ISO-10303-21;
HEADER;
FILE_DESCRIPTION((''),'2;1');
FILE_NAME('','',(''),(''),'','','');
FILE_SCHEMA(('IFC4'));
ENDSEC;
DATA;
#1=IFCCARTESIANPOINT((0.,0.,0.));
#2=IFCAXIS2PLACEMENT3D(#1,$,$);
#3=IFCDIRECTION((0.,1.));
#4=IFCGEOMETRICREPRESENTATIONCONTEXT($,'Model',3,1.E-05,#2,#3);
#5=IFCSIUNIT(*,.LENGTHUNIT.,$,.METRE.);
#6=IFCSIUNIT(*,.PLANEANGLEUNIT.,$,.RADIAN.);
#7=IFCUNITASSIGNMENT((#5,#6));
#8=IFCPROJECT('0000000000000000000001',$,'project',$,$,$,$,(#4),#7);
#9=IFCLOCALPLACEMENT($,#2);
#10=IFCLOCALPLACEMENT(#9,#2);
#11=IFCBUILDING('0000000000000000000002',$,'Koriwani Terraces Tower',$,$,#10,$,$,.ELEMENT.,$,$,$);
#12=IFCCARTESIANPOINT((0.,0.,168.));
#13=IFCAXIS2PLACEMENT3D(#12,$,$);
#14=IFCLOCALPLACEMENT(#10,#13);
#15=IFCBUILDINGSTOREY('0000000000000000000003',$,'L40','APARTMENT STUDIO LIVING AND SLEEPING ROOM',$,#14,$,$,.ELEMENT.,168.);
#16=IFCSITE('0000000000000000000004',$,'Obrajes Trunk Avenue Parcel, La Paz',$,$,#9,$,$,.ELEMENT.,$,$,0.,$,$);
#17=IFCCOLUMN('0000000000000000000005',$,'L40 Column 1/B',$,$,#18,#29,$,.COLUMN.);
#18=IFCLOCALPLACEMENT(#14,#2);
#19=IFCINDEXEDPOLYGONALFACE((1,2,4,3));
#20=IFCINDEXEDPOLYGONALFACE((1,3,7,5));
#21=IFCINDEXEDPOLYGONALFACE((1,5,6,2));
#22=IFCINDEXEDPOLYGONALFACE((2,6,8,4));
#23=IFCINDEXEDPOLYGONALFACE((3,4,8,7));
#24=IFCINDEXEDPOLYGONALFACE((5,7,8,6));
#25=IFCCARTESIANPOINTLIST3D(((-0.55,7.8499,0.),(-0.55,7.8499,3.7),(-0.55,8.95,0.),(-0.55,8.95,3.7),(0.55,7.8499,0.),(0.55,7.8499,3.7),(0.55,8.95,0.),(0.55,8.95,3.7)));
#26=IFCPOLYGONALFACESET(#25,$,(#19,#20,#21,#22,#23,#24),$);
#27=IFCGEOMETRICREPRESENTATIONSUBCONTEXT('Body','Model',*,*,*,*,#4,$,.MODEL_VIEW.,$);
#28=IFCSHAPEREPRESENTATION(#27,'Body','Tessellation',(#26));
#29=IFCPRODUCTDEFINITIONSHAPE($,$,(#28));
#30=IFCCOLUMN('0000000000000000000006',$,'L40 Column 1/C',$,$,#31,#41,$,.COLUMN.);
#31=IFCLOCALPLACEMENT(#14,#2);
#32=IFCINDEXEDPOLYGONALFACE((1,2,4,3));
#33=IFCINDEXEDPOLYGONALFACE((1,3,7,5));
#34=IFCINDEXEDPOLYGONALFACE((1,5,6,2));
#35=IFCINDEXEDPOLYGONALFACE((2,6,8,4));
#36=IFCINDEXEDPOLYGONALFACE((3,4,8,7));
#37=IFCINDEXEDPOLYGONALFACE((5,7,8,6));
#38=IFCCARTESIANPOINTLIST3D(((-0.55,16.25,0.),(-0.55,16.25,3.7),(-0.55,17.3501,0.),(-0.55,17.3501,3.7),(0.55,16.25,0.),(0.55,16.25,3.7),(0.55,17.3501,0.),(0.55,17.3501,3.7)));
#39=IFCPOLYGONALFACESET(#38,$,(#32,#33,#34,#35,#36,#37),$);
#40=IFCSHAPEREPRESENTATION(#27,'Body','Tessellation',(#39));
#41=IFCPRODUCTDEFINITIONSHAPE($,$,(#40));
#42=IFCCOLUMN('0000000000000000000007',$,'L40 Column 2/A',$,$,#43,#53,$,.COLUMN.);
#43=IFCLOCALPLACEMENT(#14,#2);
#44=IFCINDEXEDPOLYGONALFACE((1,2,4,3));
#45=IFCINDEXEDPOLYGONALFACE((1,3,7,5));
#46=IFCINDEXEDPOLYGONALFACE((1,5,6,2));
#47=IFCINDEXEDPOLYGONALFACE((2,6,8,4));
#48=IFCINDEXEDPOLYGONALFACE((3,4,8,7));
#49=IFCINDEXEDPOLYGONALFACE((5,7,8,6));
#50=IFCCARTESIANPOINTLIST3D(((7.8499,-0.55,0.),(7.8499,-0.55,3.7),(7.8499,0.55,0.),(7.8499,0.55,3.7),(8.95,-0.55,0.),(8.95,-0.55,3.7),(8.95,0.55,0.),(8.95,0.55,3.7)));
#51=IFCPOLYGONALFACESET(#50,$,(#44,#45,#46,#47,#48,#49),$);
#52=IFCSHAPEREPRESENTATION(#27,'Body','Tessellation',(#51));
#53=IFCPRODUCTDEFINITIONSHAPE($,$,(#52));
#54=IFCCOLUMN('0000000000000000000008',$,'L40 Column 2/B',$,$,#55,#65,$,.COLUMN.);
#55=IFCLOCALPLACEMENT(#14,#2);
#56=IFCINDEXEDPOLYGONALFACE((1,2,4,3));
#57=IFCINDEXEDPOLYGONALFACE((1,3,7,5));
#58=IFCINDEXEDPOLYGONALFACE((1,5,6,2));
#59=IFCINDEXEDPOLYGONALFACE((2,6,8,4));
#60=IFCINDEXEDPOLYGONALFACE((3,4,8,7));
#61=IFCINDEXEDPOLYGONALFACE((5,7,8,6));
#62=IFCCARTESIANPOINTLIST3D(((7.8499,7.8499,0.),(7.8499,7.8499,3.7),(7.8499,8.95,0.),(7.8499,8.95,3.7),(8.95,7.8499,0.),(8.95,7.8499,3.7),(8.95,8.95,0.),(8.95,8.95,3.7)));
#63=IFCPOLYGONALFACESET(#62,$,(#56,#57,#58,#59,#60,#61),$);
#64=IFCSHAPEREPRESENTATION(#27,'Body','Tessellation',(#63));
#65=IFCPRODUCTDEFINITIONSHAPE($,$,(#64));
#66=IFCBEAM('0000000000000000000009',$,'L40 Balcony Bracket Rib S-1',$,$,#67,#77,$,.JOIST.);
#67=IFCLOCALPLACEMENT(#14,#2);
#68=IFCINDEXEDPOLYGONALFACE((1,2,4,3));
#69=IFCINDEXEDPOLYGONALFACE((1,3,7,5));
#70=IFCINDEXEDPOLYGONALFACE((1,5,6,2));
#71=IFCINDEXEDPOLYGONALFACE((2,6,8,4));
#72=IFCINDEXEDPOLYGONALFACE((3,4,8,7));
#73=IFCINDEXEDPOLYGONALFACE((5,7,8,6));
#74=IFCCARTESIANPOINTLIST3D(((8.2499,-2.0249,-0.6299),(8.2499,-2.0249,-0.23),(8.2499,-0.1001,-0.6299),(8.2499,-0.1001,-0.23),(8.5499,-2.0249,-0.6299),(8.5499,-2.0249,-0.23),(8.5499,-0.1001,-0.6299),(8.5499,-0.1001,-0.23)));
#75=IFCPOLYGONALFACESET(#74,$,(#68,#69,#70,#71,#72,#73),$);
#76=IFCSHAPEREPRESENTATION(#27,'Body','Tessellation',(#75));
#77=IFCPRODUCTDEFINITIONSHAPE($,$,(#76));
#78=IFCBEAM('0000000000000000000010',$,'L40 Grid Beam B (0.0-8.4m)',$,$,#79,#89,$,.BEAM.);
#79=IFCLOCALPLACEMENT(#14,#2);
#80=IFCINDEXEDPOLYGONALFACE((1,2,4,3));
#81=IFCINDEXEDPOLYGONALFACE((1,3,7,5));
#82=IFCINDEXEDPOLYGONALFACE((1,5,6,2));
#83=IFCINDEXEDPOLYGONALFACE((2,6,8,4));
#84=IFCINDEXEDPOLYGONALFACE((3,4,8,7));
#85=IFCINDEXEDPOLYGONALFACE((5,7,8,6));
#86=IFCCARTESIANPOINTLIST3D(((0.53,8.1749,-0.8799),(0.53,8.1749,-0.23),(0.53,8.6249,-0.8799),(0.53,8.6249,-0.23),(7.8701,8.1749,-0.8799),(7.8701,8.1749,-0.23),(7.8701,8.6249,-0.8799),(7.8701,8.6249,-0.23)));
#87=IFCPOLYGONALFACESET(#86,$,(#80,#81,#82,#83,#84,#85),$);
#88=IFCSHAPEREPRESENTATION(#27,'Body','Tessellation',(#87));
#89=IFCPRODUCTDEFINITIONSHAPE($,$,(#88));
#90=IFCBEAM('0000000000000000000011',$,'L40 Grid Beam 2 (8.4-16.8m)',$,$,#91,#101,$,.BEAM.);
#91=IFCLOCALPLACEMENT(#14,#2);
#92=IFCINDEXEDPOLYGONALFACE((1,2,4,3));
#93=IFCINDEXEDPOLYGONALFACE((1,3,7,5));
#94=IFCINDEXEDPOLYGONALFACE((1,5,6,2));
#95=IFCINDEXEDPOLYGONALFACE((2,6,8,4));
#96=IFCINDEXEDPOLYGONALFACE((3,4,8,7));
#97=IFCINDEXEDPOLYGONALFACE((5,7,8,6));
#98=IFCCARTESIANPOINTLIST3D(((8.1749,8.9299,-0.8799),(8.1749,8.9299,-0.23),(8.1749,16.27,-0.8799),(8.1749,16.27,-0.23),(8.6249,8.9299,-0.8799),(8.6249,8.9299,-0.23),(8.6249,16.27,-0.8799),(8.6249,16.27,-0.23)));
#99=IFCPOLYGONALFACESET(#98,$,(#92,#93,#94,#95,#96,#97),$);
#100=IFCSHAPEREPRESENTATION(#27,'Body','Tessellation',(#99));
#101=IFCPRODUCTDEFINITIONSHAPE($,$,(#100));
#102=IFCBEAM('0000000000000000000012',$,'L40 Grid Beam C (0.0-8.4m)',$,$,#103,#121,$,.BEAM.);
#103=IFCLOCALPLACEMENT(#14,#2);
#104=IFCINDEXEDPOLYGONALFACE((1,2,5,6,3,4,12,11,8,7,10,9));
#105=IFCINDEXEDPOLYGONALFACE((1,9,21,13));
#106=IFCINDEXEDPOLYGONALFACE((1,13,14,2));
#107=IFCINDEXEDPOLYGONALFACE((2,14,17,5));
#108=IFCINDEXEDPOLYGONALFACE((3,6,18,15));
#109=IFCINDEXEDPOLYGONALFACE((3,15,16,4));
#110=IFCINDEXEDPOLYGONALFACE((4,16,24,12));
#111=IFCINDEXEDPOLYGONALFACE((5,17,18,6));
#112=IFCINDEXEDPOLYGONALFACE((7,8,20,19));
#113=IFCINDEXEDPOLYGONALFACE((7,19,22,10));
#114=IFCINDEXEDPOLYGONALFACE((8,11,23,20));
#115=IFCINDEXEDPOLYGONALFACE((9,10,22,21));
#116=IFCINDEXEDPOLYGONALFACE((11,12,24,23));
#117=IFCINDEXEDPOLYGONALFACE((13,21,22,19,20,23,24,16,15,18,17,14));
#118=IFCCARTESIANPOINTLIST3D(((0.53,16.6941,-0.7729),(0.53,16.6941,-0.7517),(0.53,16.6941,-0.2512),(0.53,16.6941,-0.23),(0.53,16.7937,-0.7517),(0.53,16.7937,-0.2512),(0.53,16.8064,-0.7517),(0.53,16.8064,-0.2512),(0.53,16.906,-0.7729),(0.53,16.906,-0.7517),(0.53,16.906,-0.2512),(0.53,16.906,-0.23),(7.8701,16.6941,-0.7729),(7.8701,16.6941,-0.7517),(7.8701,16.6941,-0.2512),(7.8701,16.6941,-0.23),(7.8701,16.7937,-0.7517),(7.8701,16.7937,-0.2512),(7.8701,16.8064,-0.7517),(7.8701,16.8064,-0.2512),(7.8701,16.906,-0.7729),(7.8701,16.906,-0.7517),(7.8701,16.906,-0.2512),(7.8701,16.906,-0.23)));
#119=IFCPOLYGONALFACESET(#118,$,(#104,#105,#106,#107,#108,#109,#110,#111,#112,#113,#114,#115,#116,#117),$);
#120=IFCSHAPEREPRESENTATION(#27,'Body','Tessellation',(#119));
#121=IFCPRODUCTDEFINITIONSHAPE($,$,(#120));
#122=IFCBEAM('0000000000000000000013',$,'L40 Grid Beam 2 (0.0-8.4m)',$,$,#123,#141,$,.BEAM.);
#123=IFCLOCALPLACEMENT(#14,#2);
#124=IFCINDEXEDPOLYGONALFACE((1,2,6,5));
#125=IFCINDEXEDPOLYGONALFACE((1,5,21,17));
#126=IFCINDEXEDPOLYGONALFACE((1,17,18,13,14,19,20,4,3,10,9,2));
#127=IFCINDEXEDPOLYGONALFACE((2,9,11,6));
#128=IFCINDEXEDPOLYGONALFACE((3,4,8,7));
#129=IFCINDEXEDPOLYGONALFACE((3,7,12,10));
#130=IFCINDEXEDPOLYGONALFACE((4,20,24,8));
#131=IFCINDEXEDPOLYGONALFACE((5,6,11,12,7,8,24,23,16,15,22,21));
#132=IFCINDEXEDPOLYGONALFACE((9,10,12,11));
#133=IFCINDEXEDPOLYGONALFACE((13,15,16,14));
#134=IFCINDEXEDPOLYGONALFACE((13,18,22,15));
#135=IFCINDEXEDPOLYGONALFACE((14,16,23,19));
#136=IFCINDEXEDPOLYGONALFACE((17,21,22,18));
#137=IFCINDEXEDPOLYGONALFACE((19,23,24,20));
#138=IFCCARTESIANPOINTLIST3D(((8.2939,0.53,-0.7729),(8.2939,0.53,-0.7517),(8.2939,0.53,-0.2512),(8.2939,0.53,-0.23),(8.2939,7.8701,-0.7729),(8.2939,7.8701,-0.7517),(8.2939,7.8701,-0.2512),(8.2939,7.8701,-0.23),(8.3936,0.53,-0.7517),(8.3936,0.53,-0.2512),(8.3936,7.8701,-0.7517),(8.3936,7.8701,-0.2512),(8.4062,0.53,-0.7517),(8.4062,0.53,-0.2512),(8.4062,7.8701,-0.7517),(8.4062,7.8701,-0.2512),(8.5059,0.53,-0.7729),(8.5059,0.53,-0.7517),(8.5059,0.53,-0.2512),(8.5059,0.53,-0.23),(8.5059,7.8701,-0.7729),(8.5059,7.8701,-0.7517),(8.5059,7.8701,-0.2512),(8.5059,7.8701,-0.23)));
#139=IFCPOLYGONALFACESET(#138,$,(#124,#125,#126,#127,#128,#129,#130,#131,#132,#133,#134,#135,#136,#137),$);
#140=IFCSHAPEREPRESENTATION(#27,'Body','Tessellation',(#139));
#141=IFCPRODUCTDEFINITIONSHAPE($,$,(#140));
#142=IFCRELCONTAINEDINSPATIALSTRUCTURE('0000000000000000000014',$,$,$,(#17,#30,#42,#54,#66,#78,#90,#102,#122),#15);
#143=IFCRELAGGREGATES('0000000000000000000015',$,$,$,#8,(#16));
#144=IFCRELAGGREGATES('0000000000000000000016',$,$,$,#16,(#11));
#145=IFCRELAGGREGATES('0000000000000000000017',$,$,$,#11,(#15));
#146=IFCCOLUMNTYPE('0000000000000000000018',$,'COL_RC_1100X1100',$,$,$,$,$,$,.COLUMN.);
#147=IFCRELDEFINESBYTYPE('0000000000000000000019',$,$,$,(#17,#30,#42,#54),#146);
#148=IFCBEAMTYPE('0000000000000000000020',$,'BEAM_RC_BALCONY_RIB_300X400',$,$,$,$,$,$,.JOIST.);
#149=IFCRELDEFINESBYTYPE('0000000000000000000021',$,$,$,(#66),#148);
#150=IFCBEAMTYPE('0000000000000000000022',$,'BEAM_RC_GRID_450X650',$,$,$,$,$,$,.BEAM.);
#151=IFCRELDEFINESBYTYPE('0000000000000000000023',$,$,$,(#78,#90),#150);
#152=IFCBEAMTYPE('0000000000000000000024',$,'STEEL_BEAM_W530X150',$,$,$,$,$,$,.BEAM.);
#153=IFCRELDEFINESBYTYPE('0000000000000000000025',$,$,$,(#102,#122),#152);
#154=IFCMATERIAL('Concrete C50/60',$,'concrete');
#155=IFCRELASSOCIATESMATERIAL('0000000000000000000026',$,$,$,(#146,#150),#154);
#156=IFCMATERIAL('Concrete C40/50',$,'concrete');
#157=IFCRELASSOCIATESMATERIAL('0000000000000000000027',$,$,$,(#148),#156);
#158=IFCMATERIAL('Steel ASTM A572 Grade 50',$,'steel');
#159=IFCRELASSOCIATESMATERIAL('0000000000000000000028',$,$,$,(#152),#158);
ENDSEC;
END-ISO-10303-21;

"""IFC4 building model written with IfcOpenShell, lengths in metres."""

from ifc_helpers import new_model, si_unit, direction, frame, origin, origin_2d, place, context, subcontext, project, spatial, rectangle, i_section, extrude, material, material_profile, profile_set, type_object, element, save


model = new_model("IFC4")

# Units and contexts
model_context = context("Model", 3, precision=1e-05, world=origin(), true_north=direction((0.0, 1.0)))
body_context = subcontext(model_context, "Body", "Model", "MODEL_VIEW")
ifc_project = project(units=[si_unit("LENGTHUNIT", "METRE"), si_unit("PLANEANGLEUNIT", "RADIAN")], contexts=[model_context])

# Site, building, storey
site_placement = place(None, origin())
site = spatial("IfcSite", under=ifc_project, at=site_placement, Name="Obrajes Trunk Avenue Parcel, La Paz", CompositionType="ELEMENT", RefElevation=0.0)
building_placement = place(site_placement, origin())
building = spatial("IfcBuilding", under=site, at=building_placement, Name="Koriwani Terraces Tower", CompositionType="ELEMENT")
storey_placement = place(building_placement, frame((0.0, 0.0, 168.0)))
storey = spatial("IfcBuildingStorey", under=building, at=storey_placement, Name="L40", Description="APARTMENT STUDIO LIVING AND SLEEPING ROOM", CompositionType="ELEMENT", Elevation=168.0)

# Columns
ifc_material_1 = material(Name="Concrete C50/60", Category="concrete")
ifc_material_profile_1 = material_profile(ifc_material_1, rectangle(XDim=1.1001, YDim=1.1001, at=origin_2d()), Name="Concrete C50/60", Category="LoadBearing")
ifc_profile_set_1 = profile_set([ifc_material_profile_1], Name="Concrete C50/60")
column_type = type_object("IfcColumnType", Name="COL_RC_1100X1100", PredefinedType="COLUMN", material=ifc_profile_set_1)
for number, where, z_axis, x_axis, name in (
    (1, (0.0, 8.3999, 0.0), (0.0, 0.0, 1.0), (1.0, 0.0, 0.0), "L40 Column 1/B"),
    (2, (0.0, 16.8, 0.0), (0.0, 0.0, 1.0), (1.0, 0.0, 0.0), "L40 Column 1/C"),
    (3, (8.3999, 0.0, 0.0), (0.0, 0.0, 1.0), (1.0, 0.0, 0.0), "L40 Column 2/A"),
    (4, (8.3999, 8.3999, 0.0), (0.0, 0.0, 1.0), (1.0, 0.0, 0.0), "L40 Column 2/B"),
):
    element("IfcColumn", number, at=place(storey_placement, frame(where, z_axis=z_axis, x_axis=x_axis)), inside=storey, type_object=column_type, Name=name, PredefinedType="COLUMN", context=body_context, shape_type="SweptSolid", body=[
        extrude(rectangle(XDim=1.1001, YDim=1.1001, at=origin_2d()), origin(), (0.0, 0.0, 1.0), 3.7),
    ])

# Beams
ifc_material_2 = material(Name="Concrete C40/50", Category="concrete")
ifc_material_profile_2 = material_profile(ifc_material_2, rectangle(XDim=0.3, YDim=0.3999, at=origin_2d()), Name="Concrete C40/50", Category="LoadBearing")
ifc_profile_set_2 = profile_set([ifc_material_profile_2], Name="Concrete C40/50")
beam_type_1 = type_object("IfcBeamType", Name="BEAM_RC_BALCONY_RIB_300X400", PredefinedType="JOIST", material=ifc_profile_set_2)
beam_placement = place(storey_placement, frame((8.3999, -2.0249, -0.4299), z_axis=(0.0, 1.0, 0.0), x_axis=(-1.0, 0.0, 0.0)))
element("IfcBeam", 5, at=beam_placement, inside=storey, type_object=beam_type_1, Name="L40 Balcony Bracket Rib S-1", PredefinedType="JOIST", context=body_context, shape_type="SweptSolid", body=[
    extrude(rectangle(XDim=0.3, YDim=0.3999, at=origin_2d()), origin(), (0.0, 0.0, 1.0), 1.9248),
])
ifc_material_profile_3 = material_profile(ifc_material_1, rectangle(XDim=0.45, YDim=0.6499, at=origin_2d()), Name="Concrete C50/60", Category="LoadBearing")
ifc_profile_set_3 = profile_set([ifc_material_profile_3], Name="Concrete C50/60")
beam_type_2 = type_object("IfcBeamType", Name="BEAM_RC_GRID_450X650", PredefinedType="BEAM", material=ifc_profile_set_3)
for number, where, z_axis, x_axis, name in (
    (6, (0.53, 8.3999, -0.5549), (1.0, 0.0, 0.0), (0.0, 1.0, 0.0), "L40 Grid Beam B (0.0-8.4m)"),
    (7, (8.3999, 8.9299, -0.5549), (0.0, 1.0, 0.0), (-1.0, 0.0, 0.0), "L40 Grid Beam 2 (8.4-16.8m)"),
):
    element("IfcBeam", number, at=place(storey_placement, frame(where, z_axis=z_axis, x_axis=x_axis)), inside=storey, type_object=beam_type_2, Name=name, PredefinedType="BEAM", context=body_context, shape_type="SweptSolid", body=[
        extrude(rectangle(XDim=0.45, YDim=0.6499, at=origin_2d()), origin(), (0.0, 0.0, 1.0), 7.3401),
    ])
ifc_material_3 = material(Name="Steel ASTM A572 Grade 50", Category="steel")
ifc_material_profile_4 = material_profile(ifc_material_3, i_section(OverallWidth=0.2119, OverallDepth=0.543, WebThickness=0.0127, FlangeThickness=0.0212, at=origin_2d()), Name="Steel ASTM A572 Grade 50", Category="LoadBearing")
ifc_profile_set_4 = profile_set([ifc_material_profile_4], Name="Steel ASTM A572 Grade 50")
beam_type_3 = type_object("IfcBeamType", Name="STEEL_BEAM_W530X150", PredefinedType="BEAM", material=ifc_profile_set_4)
for number, where, z_axis, x_axis, name in (
    (8, (0.53, 16.8, -0.5015), (1.0, 0.0, 0.0), (0.0, 1.0, 0.0), "L40 Grid Beam C (0.0-8.4m)"),
    (9, (8.3999, 0.53, -0.5015), (0.0, 1.0, 0.0), (-1.0, 0.0, 0.0), "L40 Grid Beam 2 (0.0-8.4m)"),
):
    element("IfcBeam", number, at=place(storey_placement, frame(where, z_axis=z_axis, x_axis=x_axis)), inside=storey, type_object=beam_type_3, Name=name, PredefinedType="BEAM", context=body_context, shape_type="SweptSolid", body=[
        extrude(i_section(OverallWidth=0.2119, OverallDepth=0.543, WebThickness=0.0127, FlangeThickness=0.0212, at=origin_2d()), origin(), (0.0, 0.0, 1.0), 7.3401),
    ])

save(model, "model.ifc")
